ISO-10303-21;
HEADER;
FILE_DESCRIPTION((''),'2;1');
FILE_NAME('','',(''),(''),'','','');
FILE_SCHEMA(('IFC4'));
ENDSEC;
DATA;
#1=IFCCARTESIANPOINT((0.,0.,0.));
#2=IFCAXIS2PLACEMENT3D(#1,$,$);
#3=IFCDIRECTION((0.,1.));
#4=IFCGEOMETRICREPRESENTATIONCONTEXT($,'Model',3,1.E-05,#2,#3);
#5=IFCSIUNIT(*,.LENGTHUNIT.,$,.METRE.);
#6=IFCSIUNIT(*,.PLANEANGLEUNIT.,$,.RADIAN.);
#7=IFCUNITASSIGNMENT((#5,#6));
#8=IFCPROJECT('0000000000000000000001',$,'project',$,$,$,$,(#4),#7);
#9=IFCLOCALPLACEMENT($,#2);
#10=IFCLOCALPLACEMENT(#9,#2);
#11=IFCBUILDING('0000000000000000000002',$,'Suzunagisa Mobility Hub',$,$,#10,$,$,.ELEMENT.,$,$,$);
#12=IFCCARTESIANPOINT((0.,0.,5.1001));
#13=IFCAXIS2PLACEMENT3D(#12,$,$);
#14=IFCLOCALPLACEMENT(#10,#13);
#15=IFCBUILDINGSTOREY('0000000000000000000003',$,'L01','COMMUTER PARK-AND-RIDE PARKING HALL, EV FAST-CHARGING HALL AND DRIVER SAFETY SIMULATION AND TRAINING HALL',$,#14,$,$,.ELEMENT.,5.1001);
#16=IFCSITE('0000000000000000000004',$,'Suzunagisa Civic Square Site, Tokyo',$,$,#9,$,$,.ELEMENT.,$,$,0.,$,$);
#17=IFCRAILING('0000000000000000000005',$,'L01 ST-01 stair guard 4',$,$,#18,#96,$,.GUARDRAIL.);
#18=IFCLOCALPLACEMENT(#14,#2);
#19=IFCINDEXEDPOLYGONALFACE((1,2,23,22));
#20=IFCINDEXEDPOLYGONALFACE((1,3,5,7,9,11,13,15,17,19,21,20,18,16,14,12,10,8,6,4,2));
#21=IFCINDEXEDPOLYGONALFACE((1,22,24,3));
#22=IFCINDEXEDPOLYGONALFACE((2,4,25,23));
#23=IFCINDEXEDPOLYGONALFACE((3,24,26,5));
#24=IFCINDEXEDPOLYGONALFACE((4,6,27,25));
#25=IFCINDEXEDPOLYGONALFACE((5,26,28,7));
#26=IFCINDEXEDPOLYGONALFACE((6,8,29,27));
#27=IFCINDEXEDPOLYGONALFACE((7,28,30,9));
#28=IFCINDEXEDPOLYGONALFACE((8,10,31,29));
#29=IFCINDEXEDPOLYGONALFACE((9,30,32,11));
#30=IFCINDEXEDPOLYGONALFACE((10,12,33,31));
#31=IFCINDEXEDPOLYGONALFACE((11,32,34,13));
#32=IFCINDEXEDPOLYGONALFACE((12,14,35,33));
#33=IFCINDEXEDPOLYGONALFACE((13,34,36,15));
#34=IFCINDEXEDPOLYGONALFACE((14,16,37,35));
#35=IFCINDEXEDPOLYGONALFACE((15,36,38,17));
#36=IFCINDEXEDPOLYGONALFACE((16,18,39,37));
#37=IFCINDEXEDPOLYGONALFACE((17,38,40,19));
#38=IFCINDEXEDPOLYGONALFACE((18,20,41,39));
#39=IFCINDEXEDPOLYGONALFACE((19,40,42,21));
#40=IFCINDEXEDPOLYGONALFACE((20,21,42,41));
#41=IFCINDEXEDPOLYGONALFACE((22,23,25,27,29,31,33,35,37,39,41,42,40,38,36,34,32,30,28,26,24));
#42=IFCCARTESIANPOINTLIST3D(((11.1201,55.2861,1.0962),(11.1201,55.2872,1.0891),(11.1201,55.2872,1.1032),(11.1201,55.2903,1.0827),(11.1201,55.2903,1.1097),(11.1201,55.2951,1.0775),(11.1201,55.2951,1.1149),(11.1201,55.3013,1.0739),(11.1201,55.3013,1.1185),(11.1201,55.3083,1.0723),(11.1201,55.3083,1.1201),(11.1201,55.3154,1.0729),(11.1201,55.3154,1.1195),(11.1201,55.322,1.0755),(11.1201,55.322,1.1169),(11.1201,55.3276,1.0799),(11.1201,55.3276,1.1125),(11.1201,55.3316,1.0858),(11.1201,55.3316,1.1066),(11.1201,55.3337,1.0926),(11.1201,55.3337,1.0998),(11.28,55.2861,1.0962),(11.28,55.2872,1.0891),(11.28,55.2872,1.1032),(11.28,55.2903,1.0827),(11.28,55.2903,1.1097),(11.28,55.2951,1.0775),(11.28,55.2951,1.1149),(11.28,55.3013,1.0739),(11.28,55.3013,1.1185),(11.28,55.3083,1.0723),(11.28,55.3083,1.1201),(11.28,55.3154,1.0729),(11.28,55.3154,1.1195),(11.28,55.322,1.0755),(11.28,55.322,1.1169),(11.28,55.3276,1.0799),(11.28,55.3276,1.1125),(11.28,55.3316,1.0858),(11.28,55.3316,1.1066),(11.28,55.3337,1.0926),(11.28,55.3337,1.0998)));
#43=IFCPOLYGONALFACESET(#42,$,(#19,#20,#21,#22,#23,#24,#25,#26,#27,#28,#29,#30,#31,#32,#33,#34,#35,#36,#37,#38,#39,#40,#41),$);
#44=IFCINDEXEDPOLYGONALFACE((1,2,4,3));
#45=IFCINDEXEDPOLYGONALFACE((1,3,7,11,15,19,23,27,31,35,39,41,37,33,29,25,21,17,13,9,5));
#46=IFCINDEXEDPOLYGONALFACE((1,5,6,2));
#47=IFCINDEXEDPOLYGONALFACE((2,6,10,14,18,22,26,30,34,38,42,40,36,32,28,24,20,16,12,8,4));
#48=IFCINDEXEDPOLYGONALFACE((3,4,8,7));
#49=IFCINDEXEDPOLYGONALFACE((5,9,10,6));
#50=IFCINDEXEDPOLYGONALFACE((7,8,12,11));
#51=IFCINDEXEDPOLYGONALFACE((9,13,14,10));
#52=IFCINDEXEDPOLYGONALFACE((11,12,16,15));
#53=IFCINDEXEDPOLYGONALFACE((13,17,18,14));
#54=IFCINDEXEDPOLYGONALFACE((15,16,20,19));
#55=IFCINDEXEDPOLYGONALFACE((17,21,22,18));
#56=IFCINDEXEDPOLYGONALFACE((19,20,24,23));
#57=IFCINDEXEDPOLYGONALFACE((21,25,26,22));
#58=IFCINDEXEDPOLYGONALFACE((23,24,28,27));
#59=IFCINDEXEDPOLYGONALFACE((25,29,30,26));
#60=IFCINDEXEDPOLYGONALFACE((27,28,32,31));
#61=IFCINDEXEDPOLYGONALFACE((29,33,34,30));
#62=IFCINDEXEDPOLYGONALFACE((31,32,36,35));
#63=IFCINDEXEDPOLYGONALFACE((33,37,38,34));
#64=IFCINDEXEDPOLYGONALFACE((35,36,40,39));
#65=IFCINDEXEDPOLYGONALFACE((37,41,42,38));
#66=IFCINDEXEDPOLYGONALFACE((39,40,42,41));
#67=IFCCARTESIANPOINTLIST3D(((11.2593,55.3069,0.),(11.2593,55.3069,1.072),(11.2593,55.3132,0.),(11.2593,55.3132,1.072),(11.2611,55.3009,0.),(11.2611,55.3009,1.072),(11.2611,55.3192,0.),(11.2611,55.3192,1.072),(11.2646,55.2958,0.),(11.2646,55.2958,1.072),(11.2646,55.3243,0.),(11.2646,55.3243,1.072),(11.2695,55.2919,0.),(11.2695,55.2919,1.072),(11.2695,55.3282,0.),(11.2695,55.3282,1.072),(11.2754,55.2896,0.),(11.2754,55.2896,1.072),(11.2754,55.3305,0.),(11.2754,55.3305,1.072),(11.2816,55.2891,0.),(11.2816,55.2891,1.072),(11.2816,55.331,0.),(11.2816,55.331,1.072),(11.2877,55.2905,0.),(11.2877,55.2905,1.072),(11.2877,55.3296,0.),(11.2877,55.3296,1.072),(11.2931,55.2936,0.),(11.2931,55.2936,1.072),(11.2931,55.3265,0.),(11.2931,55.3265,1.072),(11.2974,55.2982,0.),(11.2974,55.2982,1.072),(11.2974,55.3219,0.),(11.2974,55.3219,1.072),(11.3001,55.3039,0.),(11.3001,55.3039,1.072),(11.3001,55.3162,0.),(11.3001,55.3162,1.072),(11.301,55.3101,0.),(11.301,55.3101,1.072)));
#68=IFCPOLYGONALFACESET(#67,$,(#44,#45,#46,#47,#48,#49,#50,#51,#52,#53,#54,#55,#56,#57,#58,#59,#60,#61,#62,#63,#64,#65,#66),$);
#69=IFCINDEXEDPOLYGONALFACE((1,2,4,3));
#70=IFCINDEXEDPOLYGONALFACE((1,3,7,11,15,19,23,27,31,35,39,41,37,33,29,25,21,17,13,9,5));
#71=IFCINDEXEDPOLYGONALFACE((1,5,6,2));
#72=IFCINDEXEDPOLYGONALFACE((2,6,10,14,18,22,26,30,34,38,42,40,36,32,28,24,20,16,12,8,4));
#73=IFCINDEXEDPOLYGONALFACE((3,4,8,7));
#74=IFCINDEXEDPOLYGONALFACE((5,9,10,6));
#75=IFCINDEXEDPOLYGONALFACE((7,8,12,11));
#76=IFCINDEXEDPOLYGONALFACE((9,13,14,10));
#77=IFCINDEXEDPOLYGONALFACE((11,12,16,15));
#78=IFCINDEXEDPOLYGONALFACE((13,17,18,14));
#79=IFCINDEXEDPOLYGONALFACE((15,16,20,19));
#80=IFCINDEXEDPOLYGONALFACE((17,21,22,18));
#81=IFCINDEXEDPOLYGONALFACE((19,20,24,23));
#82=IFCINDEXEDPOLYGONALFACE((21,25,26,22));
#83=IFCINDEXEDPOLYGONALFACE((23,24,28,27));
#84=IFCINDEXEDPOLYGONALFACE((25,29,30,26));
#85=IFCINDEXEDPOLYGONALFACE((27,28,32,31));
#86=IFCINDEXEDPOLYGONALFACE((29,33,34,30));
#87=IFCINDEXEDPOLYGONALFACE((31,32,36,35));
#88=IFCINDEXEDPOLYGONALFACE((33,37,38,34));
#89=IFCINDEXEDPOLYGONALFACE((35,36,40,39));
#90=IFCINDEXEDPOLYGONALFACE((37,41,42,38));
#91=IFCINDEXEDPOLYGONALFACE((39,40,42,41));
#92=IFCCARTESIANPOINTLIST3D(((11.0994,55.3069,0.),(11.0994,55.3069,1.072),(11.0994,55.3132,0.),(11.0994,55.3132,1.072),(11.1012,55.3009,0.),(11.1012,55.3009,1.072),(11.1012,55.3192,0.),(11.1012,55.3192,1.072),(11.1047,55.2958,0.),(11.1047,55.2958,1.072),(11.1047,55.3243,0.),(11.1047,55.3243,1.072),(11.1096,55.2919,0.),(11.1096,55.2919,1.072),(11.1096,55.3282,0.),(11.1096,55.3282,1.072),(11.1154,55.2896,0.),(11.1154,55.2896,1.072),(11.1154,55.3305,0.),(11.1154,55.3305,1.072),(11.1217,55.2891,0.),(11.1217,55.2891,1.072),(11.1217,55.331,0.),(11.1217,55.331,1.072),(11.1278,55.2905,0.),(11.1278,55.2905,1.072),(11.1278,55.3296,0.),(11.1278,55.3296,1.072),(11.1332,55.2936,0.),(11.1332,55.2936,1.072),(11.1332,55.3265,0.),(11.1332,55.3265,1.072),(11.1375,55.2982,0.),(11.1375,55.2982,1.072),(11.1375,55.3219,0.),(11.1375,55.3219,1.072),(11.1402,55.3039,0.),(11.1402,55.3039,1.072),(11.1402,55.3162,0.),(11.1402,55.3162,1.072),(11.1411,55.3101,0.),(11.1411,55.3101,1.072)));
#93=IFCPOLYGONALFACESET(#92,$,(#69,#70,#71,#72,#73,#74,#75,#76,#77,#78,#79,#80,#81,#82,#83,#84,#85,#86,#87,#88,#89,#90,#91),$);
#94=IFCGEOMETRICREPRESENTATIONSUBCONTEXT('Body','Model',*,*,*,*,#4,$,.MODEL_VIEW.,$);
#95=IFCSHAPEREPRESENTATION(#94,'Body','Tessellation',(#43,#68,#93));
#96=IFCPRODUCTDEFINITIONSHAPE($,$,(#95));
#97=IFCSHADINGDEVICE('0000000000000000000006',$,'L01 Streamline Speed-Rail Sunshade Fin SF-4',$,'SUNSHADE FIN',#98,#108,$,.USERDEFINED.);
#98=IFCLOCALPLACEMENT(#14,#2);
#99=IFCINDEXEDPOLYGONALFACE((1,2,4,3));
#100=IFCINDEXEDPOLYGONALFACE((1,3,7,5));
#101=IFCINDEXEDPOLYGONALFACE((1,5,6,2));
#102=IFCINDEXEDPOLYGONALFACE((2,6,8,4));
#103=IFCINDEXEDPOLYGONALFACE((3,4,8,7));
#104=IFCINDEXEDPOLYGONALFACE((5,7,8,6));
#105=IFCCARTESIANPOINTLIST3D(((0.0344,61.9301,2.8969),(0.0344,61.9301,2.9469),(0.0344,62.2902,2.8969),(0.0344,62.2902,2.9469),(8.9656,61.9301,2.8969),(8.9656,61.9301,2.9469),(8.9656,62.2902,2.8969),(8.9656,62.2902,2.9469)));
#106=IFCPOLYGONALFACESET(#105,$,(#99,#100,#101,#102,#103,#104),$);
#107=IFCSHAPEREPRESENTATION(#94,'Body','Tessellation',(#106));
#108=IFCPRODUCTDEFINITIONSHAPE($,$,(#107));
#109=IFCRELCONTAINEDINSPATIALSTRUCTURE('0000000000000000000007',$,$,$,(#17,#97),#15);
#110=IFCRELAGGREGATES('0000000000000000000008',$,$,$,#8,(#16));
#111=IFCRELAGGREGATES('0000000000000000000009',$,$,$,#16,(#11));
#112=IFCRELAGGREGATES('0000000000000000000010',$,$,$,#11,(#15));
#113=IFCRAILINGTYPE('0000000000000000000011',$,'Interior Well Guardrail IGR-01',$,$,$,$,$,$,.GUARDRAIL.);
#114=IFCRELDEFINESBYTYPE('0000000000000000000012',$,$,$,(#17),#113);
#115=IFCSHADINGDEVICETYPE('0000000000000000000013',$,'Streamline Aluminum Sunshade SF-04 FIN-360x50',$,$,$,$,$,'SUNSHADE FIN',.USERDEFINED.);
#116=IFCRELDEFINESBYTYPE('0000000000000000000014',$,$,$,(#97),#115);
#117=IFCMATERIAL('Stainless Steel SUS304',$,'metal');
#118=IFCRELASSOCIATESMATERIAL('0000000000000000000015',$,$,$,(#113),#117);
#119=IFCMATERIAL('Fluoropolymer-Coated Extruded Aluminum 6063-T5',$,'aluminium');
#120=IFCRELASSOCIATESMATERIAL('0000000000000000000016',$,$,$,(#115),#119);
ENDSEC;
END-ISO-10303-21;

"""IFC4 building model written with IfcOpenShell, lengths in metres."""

from ifc_helpers import new_model, si_unit, direction, frame, origin, origin_2d, place, context, subcontext, project, spatial, rectangle, circle, extrude, material, material_profile, profile_set, type_object, element, save


model = new_model("IFC4")

# Units and contexts
model_context = context("Model", 3, precision=1e-05, world=origin(), true_north=direction((0.0, 1.0)))
body_context = subcontext(model_context, "Body", "Model", "MODEL_VIEW")
ifc_project = project(units=[si_unit("LENGTHUNIT", "METRE"), si_unit("PLANEANGLEUNIT", "RADIAN")], contexts=[model_context])

# Site, building, storey
site_placement = place(None, origin())
site = spatial("IfcSite", under=ifc_project, at=site_placement, Name="Suzunagisa Civic Square Site, Tokyo", CompositionType="ELEMENT", RefElevation=0.0)
building_placement = place(site_placement, origin())
building = spatial("IfcBuilding", under=site, at=building_placement, Name="Suzunagisa Mobility Hub", CompositionType="ELEMENT")
storey_placement = place(building_placement, frame((0.0, 0.0, 5.1001)))
storey = spatial("IfcBuildingStorey", under=building, at=storey_placement, Name="L01", Description="COMMUTER PARK-AND-RIDE PARKING HALL, EV FAST-CHARGING HALL AND DRIVER SAFETY SIMULATION AND TRAINING HALL", CompositionType="ELEMENT", Elevation=5.1001)

# Railing
ifc_material_1 = material(Name="Stainless Steel SUS304", Category="metal")
railing_type_1 = type_object("IfcRailingType", Name="Interior Well Guardrail IGR-01", PredefinedType="GUARDRAIL", material=ifc_material_1)
railing_1_placement = place(storey_placement, frame((11.28, 55.3101, 0.0)))
element("IfcRailing", 1, at=railing_1_placement, inside=storey, type_object=railing_type_1, Name="L01 ST-01 stair guard 4", PredefinedType="GUARDRAIL", context=body_context, shape_type="SweptSolid", body=[
    extrude(circle(Radius=0.0239, at=origin_2d()), frame((0.0, 0.0, 1.0962), z_axis=(-1.0, 0.0, 0.0), x_axis=(0.0, -1.0, 0.0)), (0.0, 0.0, 1.0), 0.1599),
    extrude(circle(Radius=0.021, at=origin_2d()), origin(), (0.0, 0.0, 1.0), 1.072),
    extrude(circle(Radius=0.021, at=origin_2d()), frame((-0.1599, 0.0, 0.0)), (0.0, 0.0, 1.0), 1.072),
])

# Shading device
ifc_material_2 = material(Name="Fluoropolymer-Coated Extruded Aluminum 6063-T5", Category="aluminium")
ifc_material_profile_1 = material_profile(ifc_material_2, rectangle(XDim=0.3601, YDim=0.05, at=origin_2d()), Name="FIN-360x50")
ifc_profile_set_1 = profile_set([ifc_material_profile_1], Name="Fluoropolymer-Coated Extruded Aluminum 6063-T5")
shading_device_type = type_object("IfcShadingDeviceType", Name="Streamline Aluminum Sunshade SF-04 FIN-360x50", ElementType="SUNSHADE FIN", PredefinedType="USERDEFINED", material=ifc_profile_set_1)
shading_device_placement = place(storey_placement, frame((8.9656, 62.1101, 2.9219), z_axis=(-1.0, 0.0, 0.0), x_axis=(0.0, -1.0, 0.0)))
element("IfcShadingDevice", 2, at=shading_device_placement, inside=storey, type_object=shading_device_type, Name="L01 Streamline Speed-Rail Sunshade Fin SF-4", ObjectType="SUNSHADE FIN", PredefinedType="USERDEFINED", context=body_context, shape_type="SweptSolid", body=[
    extrude(rectangle(XDim=0.3601, YDim=0.05, at=origin_2d()), origin(), (0.0, 0.0, 1.0), 8.9312),
])

save(model, "model.ifc")
